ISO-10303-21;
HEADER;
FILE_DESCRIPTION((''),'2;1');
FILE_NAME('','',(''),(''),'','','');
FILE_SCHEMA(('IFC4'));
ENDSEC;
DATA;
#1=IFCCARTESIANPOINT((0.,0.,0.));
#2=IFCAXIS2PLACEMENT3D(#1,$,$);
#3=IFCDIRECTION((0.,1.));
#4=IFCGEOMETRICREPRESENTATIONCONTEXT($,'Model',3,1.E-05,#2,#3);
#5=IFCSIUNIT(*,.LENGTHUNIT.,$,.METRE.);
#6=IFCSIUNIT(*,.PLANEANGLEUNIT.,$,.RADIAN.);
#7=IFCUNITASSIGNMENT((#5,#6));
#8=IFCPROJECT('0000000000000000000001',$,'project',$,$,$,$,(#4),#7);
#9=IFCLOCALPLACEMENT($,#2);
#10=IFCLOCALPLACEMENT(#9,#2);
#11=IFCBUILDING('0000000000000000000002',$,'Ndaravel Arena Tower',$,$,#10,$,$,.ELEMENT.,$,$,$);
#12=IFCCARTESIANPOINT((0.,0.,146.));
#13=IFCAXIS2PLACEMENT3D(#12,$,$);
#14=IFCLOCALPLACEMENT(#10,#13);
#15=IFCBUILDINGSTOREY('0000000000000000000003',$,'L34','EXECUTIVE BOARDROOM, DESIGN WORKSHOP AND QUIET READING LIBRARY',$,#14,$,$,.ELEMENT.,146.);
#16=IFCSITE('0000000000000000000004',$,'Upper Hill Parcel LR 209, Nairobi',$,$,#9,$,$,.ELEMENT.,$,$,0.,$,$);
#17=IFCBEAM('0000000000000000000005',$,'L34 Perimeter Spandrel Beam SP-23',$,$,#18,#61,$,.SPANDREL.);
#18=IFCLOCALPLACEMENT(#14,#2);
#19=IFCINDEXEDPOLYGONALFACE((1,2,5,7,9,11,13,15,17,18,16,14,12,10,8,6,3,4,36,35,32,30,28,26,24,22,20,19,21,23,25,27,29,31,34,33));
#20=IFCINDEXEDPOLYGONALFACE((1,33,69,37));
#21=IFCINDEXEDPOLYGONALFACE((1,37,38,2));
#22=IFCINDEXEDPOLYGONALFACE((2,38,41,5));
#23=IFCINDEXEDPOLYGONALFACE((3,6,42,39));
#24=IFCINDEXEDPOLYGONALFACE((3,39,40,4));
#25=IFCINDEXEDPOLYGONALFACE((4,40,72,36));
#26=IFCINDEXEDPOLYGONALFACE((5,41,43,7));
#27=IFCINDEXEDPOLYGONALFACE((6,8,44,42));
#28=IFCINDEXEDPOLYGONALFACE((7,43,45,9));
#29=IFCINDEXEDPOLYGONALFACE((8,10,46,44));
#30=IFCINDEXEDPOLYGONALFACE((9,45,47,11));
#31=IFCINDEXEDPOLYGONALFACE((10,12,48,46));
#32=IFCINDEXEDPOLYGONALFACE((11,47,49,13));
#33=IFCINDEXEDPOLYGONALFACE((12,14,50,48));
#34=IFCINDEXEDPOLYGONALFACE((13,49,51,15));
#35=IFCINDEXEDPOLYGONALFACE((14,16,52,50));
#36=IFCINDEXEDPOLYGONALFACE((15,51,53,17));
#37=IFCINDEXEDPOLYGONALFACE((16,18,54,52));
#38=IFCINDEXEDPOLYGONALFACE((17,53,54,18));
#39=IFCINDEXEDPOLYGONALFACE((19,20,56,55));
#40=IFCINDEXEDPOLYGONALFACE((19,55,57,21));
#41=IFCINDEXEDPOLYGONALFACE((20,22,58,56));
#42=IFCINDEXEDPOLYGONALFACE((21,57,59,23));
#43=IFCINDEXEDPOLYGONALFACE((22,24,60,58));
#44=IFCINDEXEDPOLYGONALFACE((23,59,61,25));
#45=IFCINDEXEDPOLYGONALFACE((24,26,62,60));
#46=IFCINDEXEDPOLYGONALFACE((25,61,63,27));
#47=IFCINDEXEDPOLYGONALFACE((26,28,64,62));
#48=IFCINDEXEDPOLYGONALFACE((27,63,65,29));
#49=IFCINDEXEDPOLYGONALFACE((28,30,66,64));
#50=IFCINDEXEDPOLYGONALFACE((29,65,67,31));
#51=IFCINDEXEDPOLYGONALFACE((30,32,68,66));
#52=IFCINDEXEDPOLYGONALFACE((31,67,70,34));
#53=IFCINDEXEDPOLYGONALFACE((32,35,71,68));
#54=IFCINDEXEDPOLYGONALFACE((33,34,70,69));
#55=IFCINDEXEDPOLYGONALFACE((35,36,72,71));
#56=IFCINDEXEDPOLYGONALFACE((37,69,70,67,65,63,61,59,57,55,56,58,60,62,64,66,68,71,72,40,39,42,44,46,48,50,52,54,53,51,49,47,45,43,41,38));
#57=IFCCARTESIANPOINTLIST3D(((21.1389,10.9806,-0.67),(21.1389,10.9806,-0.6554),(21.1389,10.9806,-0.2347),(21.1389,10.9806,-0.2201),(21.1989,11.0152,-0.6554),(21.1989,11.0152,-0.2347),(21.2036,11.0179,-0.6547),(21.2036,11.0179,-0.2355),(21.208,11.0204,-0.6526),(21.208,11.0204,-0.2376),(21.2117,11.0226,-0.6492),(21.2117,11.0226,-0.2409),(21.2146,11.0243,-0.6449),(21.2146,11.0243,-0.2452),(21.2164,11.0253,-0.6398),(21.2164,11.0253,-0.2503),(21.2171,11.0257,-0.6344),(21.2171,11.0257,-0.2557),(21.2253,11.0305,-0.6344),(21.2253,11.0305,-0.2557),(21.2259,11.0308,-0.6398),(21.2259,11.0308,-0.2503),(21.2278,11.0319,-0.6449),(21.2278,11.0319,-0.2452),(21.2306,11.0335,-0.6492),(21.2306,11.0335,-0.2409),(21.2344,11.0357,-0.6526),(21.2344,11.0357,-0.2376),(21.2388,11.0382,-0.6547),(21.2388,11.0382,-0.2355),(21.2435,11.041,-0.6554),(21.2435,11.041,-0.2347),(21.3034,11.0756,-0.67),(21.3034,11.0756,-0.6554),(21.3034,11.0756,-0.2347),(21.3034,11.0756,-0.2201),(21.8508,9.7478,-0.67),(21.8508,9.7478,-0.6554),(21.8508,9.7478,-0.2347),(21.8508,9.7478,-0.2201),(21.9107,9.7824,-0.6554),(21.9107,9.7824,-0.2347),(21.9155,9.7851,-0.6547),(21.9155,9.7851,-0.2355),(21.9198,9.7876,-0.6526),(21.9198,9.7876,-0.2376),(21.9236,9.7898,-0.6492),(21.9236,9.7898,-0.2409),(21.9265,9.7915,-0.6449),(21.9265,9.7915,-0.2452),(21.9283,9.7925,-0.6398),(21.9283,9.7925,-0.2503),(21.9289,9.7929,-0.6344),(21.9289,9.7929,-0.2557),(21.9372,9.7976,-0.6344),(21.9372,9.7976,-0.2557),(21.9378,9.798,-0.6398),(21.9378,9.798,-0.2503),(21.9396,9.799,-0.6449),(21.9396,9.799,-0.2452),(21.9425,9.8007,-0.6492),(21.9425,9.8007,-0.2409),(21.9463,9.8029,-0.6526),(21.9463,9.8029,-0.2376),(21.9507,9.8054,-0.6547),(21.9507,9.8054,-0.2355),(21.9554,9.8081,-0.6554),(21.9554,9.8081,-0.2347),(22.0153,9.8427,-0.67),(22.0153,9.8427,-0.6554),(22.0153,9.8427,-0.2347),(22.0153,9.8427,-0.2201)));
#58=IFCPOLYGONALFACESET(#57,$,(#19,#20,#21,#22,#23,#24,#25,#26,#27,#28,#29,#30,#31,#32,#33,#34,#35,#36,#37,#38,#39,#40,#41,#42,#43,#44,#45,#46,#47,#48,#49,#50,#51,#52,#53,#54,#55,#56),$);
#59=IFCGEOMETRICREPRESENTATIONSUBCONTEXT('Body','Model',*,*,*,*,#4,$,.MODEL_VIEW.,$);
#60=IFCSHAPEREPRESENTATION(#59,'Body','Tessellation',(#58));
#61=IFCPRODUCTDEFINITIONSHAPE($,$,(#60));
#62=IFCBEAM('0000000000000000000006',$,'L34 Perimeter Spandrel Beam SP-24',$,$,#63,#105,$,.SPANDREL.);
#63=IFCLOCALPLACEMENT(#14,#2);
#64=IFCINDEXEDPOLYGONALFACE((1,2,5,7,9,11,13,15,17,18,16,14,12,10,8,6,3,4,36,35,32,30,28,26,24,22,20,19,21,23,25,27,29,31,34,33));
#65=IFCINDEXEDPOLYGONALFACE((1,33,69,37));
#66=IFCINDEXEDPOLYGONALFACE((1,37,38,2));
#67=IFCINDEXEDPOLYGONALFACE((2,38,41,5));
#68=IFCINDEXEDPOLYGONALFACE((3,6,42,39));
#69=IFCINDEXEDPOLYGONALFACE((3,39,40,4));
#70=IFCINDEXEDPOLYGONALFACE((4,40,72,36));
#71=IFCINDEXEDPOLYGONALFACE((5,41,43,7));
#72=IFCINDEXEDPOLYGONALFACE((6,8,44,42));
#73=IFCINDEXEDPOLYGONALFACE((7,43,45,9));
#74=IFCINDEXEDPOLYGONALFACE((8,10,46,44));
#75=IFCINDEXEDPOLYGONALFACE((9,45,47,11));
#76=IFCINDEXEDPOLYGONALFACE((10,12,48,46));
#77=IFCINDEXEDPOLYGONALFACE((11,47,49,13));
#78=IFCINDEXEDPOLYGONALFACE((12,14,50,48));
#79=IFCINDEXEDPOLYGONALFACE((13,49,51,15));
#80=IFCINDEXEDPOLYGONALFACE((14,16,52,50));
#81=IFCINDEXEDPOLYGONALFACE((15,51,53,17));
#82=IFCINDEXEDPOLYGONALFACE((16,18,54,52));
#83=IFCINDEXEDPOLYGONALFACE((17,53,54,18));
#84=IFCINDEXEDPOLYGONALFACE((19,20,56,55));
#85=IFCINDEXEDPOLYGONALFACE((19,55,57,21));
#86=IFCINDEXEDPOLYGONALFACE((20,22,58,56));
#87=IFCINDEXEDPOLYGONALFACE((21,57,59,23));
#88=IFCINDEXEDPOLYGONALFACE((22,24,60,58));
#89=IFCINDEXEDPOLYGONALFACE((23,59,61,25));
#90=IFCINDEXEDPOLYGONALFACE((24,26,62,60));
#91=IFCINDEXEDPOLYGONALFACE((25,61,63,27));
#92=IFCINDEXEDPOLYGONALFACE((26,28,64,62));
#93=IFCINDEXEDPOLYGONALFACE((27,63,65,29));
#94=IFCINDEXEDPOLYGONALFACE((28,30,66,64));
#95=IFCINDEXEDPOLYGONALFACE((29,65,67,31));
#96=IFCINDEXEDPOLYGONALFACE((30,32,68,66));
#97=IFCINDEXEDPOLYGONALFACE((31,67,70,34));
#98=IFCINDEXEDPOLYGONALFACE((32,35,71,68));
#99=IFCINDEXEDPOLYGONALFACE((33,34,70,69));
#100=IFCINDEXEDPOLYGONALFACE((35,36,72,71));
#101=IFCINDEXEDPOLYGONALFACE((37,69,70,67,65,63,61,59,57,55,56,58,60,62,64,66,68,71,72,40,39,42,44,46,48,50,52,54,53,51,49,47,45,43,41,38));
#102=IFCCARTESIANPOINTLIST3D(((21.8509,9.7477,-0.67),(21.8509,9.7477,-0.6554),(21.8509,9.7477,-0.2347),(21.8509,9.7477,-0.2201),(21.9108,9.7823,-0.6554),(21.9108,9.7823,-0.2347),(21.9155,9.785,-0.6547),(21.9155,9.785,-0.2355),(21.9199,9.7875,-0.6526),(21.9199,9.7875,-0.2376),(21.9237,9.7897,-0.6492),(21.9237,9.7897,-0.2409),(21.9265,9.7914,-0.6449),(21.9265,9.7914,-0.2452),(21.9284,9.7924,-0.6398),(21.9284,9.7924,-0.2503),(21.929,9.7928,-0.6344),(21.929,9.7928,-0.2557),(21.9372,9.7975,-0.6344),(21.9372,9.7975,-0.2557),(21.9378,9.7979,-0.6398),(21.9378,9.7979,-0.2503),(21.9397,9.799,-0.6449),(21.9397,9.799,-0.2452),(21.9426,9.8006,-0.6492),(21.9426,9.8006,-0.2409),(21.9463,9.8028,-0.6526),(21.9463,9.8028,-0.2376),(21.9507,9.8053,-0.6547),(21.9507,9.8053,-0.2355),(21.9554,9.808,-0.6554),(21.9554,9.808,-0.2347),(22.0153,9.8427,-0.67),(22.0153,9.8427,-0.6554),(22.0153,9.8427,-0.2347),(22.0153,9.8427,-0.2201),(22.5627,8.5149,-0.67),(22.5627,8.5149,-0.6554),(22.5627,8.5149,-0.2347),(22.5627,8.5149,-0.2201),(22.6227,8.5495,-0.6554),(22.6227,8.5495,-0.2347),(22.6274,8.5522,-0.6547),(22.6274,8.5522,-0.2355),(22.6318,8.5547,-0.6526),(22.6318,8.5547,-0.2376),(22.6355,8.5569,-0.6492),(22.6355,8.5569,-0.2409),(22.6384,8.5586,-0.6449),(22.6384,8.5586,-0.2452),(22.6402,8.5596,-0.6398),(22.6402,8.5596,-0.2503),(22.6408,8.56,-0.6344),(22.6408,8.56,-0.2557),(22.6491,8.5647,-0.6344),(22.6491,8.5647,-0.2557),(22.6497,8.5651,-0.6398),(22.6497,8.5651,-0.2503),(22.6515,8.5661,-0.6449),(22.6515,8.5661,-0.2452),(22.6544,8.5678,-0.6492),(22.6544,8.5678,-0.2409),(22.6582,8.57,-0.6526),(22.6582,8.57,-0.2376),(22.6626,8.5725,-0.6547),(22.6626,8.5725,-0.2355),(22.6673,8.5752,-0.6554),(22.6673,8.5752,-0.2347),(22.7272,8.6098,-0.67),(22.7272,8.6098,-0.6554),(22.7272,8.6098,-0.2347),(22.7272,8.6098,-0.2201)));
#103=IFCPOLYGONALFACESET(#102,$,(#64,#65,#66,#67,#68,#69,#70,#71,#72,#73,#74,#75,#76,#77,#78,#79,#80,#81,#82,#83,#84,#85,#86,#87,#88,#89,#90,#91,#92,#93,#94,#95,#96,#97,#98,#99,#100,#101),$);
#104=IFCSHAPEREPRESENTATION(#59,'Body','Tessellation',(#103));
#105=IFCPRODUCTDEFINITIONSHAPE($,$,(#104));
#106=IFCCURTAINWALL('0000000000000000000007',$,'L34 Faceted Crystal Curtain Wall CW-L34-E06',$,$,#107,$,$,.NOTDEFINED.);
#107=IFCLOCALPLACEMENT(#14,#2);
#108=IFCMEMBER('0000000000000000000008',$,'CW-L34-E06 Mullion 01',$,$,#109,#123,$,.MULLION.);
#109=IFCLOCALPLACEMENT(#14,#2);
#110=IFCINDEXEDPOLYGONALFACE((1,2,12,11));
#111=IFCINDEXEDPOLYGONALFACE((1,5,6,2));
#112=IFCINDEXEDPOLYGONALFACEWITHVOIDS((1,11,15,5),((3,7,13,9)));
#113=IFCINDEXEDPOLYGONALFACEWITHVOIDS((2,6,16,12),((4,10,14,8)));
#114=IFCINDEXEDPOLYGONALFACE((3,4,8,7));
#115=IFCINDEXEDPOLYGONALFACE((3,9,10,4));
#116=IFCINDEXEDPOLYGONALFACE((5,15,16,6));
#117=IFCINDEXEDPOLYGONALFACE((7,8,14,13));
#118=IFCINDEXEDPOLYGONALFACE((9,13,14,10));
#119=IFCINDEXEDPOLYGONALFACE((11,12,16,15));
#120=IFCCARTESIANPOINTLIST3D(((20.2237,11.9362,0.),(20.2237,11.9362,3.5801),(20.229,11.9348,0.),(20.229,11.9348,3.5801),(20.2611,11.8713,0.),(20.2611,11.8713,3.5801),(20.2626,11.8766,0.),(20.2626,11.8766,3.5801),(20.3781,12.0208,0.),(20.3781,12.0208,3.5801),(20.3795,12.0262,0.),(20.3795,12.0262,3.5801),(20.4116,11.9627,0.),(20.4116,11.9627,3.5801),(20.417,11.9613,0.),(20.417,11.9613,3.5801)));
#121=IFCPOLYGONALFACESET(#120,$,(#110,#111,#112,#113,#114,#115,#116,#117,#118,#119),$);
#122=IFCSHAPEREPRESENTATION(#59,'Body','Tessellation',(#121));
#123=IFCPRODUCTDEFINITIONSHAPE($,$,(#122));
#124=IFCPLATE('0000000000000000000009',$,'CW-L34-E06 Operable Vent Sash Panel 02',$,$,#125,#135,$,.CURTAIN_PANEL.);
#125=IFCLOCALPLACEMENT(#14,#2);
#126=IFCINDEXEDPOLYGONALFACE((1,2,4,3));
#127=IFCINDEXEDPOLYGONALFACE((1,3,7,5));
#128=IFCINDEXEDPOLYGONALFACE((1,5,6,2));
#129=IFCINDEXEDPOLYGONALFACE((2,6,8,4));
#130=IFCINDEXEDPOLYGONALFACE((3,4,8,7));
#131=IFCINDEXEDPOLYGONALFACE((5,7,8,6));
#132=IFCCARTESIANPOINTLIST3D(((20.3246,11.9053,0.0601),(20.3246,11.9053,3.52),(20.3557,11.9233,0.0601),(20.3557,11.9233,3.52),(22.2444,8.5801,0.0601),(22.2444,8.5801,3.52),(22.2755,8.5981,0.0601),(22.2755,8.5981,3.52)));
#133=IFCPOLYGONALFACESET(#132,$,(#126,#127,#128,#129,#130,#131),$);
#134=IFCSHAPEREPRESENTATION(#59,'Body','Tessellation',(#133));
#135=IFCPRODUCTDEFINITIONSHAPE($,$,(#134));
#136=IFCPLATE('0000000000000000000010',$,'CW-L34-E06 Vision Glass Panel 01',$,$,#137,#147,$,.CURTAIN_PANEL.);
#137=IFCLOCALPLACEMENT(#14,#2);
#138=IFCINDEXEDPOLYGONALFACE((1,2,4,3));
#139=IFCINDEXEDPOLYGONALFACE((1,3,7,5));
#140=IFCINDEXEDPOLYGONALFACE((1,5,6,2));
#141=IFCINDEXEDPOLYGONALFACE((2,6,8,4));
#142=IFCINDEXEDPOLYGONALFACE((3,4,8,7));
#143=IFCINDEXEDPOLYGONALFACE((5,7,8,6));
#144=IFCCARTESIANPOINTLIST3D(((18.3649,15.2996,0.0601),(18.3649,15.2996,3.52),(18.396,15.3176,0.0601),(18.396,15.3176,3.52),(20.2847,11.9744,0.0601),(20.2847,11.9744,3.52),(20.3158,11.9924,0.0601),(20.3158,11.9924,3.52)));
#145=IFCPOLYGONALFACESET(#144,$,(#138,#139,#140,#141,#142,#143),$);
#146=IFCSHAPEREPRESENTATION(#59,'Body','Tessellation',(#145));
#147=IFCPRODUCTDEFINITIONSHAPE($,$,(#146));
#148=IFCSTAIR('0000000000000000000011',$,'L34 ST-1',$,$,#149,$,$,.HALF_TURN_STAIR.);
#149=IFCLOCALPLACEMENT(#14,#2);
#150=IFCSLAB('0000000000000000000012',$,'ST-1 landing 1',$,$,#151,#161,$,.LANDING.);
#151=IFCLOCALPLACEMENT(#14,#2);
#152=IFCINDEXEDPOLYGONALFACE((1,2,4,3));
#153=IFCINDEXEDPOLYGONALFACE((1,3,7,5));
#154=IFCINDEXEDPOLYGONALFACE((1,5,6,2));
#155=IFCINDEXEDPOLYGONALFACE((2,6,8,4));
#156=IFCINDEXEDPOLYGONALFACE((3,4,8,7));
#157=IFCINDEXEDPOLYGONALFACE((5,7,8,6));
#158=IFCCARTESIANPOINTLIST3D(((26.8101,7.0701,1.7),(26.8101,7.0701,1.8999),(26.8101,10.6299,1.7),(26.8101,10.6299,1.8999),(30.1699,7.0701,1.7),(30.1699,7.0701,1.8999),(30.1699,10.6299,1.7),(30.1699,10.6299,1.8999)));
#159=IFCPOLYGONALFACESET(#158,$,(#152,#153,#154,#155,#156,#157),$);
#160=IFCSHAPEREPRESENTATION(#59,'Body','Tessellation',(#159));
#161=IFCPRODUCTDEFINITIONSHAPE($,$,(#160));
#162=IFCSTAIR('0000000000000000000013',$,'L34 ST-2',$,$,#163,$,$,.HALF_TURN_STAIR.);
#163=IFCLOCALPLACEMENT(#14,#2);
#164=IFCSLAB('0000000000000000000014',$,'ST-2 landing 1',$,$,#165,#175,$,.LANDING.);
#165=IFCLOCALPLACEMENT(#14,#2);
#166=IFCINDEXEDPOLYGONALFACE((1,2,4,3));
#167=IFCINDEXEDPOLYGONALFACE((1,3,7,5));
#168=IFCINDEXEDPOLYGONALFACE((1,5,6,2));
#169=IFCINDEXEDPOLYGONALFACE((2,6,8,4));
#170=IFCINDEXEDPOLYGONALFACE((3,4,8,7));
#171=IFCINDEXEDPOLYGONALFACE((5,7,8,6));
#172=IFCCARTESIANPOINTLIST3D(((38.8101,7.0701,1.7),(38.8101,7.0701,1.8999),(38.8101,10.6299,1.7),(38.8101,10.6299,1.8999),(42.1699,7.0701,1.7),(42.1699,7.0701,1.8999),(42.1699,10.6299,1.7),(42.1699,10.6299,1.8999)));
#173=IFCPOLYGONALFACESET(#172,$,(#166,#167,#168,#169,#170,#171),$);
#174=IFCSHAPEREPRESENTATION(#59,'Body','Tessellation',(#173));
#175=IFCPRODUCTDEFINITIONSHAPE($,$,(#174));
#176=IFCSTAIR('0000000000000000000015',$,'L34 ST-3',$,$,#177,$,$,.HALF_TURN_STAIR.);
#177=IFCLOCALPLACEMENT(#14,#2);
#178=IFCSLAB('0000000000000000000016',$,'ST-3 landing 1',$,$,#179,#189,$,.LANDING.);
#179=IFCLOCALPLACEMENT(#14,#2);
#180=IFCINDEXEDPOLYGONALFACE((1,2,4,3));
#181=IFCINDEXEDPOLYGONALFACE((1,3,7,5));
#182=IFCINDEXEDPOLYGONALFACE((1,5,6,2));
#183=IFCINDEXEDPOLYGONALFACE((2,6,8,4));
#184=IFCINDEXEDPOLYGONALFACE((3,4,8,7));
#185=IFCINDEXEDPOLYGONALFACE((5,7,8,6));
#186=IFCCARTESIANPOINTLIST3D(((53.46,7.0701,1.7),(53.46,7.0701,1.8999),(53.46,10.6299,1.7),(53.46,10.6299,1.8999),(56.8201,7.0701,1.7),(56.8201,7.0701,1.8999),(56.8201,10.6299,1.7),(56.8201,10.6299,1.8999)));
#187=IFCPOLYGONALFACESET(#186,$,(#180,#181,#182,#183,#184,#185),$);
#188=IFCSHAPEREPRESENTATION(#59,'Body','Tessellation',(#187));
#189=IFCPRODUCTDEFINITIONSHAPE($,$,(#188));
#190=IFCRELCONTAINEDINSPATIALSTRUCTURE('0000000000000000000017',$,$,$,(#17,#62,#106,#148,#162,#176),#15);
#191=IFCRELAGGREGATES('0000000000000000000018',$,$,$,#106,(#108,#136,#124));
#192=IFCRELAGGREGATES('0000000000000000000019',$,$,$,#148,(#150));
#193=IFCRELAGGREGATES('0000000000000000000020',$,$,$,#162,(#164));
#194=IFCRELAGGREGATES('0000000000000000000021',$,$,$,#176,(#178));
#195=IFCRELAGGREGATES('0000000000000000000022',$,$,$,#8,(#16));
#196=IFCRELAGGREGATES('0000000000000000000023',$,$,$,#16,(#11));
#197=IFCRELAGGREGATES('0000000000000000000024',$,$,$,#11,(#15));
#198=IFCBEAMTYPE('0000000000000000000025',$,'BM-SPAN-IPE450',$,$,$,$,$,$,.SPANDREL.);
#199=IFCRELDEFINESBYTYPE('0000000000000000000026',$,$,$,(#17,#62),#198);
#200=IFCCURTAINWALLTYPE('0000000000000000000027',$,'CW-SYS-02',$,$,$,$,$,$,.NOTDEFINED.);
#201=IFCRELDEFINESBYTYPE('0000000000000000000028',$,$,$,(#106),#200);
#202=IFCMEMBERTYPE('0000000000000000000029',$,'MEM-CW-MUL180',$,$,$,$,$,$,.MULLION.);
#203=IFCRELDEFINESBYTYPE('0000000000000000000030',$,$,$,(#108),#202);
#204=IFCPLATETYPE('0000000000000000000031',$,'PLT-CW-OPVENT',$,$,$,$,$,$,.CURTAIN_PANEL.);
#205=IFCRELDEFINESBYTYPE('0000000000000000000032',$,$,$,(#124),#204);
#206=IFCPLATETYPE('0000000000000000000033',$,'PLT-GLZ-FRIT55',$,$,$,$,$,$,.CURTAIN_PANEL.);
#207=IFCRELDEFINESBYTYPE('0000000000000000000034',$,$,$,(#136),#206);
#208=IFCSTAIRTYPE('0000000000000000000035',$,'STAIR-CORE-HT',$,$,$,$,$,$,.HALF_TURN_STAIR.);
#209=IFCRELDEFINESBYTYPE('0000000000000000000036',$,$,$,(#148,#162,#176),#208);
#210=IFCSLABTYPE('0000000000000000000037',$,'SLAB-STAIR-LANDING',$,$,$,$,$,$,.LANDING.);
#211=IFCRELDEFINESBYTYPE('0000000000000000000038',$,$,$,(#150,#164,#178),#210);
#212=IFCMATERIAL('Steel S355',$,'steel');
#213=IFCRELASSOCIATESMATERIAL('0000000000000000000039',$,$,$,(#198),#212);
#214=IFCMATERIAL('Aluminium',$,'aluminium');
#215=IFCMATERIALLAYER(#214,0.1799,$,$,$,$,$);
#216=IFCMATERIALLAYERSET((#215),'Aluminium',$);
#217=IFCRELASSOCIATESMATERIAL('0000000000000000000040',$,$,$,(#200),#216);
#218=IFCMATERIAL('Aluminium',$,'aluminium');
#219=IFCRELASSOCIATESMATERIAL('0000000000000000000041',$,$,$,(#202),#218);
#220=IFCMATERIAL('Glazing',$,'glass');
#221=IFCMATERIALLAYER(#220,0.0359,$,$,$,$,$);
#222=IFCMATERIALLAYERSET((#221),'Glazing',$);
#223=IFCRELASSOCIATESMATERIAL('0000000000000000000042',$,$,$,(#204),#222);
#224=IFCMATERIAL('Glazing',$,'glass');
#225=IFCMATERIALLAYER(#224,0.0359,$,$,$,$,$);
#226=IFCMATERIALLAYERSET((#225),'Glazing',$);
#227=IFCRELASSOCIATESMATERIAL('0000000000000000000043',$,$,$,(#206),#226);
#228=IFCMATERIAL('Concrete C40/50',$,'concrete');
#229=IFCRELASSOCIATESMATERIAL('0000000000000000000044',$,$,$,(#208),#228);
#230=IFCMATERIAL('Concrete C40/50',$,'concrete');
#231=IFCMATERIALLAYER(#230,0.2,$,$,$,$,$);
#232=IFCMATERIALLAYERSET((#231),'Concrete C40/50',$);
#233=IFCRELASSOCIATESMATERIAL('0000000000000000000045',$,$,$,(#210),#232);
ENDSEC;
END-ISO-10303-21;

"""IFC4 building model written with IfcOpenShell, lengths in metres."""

from ifc_helpers import new_model, si_unit, direction, frame, origin, origin_2d, place, context, subcontext, project, spatial, polyline, rectangle, hollow_rectangle, i_section, outline, extrude, material, layer, layer_set, material_profile, profile_set, type_object, element, aggregate, save


model = new_model("IFC4")

# Units and contexts
model_context = context("Model", 3, precision=1e-05, world=origin(), true_north=direction((0.0, 1.0)))
body_context = subcontext(model_context, "Body", "Model", "MODEL_VIEW")
ifc_project = project(units=[si_unit("LENGTHUNIT", "METRE"), si_unit("PLANEANGLEUNIT", "RADIAN")], contexts=[model_context])

# Site, building, storey
site_placement = place(None, origin())
site = spatial("IfcSite", under=ifc_project, at=site_placement, Name="Upper Hill Parcel LR 209, Nairobi", CompositionType="ELEMENT", RefElevation=0.0)
building_placement = place(site_placement, origin())
building = spatial("IfcBuilding", under=site, at=building_placement, Name="Ndaravel Arena Tower", CompositionType="ELEMENT")
storey_placement = place(building_placement, frame((0.0, 0.0, 146.0)))
storey = spatial("IfcBuildingStorey", under=building, at=storey_placement, Name="L34", Description="EXECUTIVE BOARDROOM, DESIGN WORKSHOP AND QUIET READING LIBRARY", CompositionType="ELEMENT", Elevation=146.0)

# Beams
ifc_material_1 = material(Name="Steel S355", Category="steel")
ifc_material_profile_1 = material_profile(ifc_material_1, i_section(OverallWidth=0.1899, OverallDepth=0.45, WebThickness=0.0095, FlangeThickness=0.0146, FilletRadius=0.021, at=origin_2d()), Name="IPE 450")
ifc_profile_set_1 = profile_set([ifc_material_profile_1], Name="Steel S355")
beam_type = type_object("IfcBeamType", Name="BM-SPAN-IPE450", PredefinedType="SPANDREL", material=ifc_profile_set_1)
for number, where, z_axis, x_axis, name in (
    (1, (21.2212, 11.0281, -0.4451), (0.500049, -0.865997, 0.0), (0.865997, 0.500049, 0.0), "L34 Perimeter Spandrel Beam SP-23"),
    (2, (21.9331, 9.7952, -0.4451), (0.500049, -0.865997, 0.0), (0.865997, 0.500049, 0.0), "L34 Perimeter Spandrel Beam SP-24"),
):
    element("IfcBeam", number, at=place(storey_placement, frame(where, z_axis=z_axis, x_axis=x_axis)), inside=storey, type_object=beam_type, Name=name, PredefinedType="SPANDREL", context=body_context, shape_type="SweptSolid", body=[
        extrude(i_section(OverallWidth=0.1899, OverallDepth=0.45, WebThickness=0.0095, FlangeThickness=0.0146, FilletRadius=0.021, at=origin_2d()), origin(), (0.0, 0.0, 1.0), 1.4236),
    ])

# Curtain wall, member, plates
ifc_material_2 = material(Name="Aluminium", Category="aluminium")
ifc_layer_1 = layer(ifc_material_2, 0.1799)
ifc_layer_set_1 = layer_set([ifc_layer_1], Name="Aluminium")
curtain_wall_type = type_object("IfcCurtainWallType", Name="CW-SYS-02", PredefinedType="NOTDEFINED", material=ifc_layer_set_1)
curtain_wall_placement = place(storey_placement, origin())
curtain_wall = element("IfcCurtainWall", 3, at=curtain_wall_placement, inside=storey, type_object=curtain_wall_type, Name="L34 Faceted Crystal Curtain Wall CW-L34-E06", PredefinedType="NOTDEFINED")
ifc_material_3 = material(Name="Aluminium", Category="aluminium")
ifc_material_profile_2 = material_profile(ifc_material_3, hollow_rectangle(XDim=0.075, YDim=0.1799, WallThickness=0.0039, at=origin_2d()), Name="CW MULLION 75x180x4")
ifc_profile_set_2 = profile_set([ifc_material_profile_2], Name="Aluminium")
member_type = type_object("IfcMemberType", Name="MEM-CW-MUL180", PredefinedType="MULLION", material=ifc_profile_set_2)
member_placement = place(storey_placement, frame((20.3203, 11.9487, 0.0), z_axis=(0.0, 0.0, 1.0), x_axis=(0.5, -0.866025, 0.0)))
member = element("IfcMember", 4, at=member_placement, type_object=member_type, Name="CW-L34-E06 Mullion 01", PredefinedType="MULLION", context=body_context, shape_type="SweptSolid", body=[
    extrude(hollow_rectangle(XDim=0.075, YDim=0.1799, WallThickness=0.0039, at=origin_2d()), origin(), (0.0, 0.0, 1.0), 3.5801),
])
ifc_material_4 = material(Name="Glazing", Category="glass")
ifc_layer_2 = layer(ifc_material_4, 0.0359)
ifc_layer_set_2 = layer_set([ifc_layer_2], Name="Glazing")
plate_type_1 = type_object("IfcPlateType", Name="PLT-CW-OPVENT", PredefinedType="CURTAIN_PANEL", material=ifc_layer_set_2)
plate_1_placement = place(storey_placement, frame((21.3, 10.2517, 0.0601), z_axis=(0.0, 0.0, 1.0), x_axis=(0.5, -0.866025, 0.0)))
plate_1 = element("IfcPlate", 5, at=plate_1_placement, type_object=plate_type_1, Name="CW-L34-E06 Operable Vent Sash Panel 02", PredefinedType="CURTAIN_PANEL", context=body_context, shape_type="SweptSolid", body=[
    extrude(rectangle(XDim=3.8396, YDim=0.0359, at=origin_2d()), origin(), (0.0, 0.0, 1.0), 3.46),
])
ifc_material_5 = material(Name="Glazing", Category="glass")
ifc_layer_3 = layer(ifc_material_5, 0.0359)
ifc_layer_set_3 = layer_set([ifc_layer_3], Name="Glazing")
plate_type_2 = type_object("IfcPlateType", Name="PLT-GLZ-FRIT55", PredefinedType="CURTAIN_PANEL", material=ifc_layer_set_3)
plate_2_placement = place(storey_placement, frame((19.3403, 13.646, 0.0601), z_axis=(0.0, 0.0, 1.0), x_axis=(0.5, -0.866025, 0.0)))
plate_2 = element("IfcPlate", 6, at=plate_2_placement, type_object=plate_type_2, Name="CW-L34-E06 Vision Glass Panel 01", PredefinedType="CURTAIN_PANEL", context=body_context, shape_type="SweptSolid", body=[
    extrude(rectangle(XDim=3.8396, YDim=0.0359, at=origin_2d()), origin(), (0.0, 0.0, 1.0), 3.46),
])
aggregate(curtain_wall, [member, plate_2, plate_1])

# Stairs, slabs
ifc_material_6 = material(Name="Concrete C40/50", Category="concrete")
stair_type = type_object("IfcStairType", Name="STAIR-CORE-HT", PredefinedType="HALF_TURN_STAIR", material=ifc_material_6)
stair_1_placement = place(storey_placement, origin())
stair_1 = element("IfcStair", 7, at=stair_1_placement, inside=storey, type_object=stair_type, Name="L34 ST-1", PredefinedType="HALF_TURN_STAIR")
ifc_material_7 = material(Name="Concrete C40/50", Category="concrete")
ifc_layer_4 = layer(ifc_material_7, 0.2)
ifc_layer_set_4 = layer_set([ifc_layer_4], Name="Concrete C40/50")
slab_type_1 = type_object("IfcSlabType", Name="SLAB-STAIR-LANDING", PredefinedType="LANDING", material=ifc_layer_set_4)
slab_1_placement = place(storey_placement, frame((0.0, 0.0, 1.7)))
slab_1 = element("IfcSlab", 8, at=slab_1_placement, type_object=slab_type_1, Name="ST-1 landing 1", PredefinedType="LANDING", context=body_context, shape_type="SweptSolid", body=[
    extrude(outline(polyline([(26.8101, 10.6299), (26.8101, 7.0701), (30.1699, 7.0701), (30.1699, 10.6299), (26.8101, 10.6299)])), origin(), (0.0, 0.0, 1.0), 0.2),
])
aggregate(stair_1, [slab_1])
stair_2_placement = place(storey_placement, origin())
stair_2 = element("IfcStair", 9, at=stair_2_placement, inside=storey, type_object=stair_type, Name="L34 ST-2", PredefinedType="HALF_TURN_STAIR")
slab_2_placement = place(storey_placement, frame((0.0, 0.0, 1.7)))
slab_2 = element("IfcSlab", 10, at=slab_2_placement, type_object=slab_type_1, Name="ST-2 landing 1", PredefinedType="LANDING", context=body_context, shape_type="SweptSolid", body=[
    extrude(outline(polyline([(38.8101, 10.6299), (38.8101, 7.0701), (42.1699, 7.0701), (42.1699, 10.6299), (38.8101, 10.6299)])), origin(), (0.0, 0.0, 1.0), 0.2),
])
aggregate(stair_2, [slab_2])
stair_3_placement = place(storey_placement, origin())
stair_3 = element("IfcStair", 11, at=stair_3_placement, inside=storey, type_object=stair_type, Name="L34 ST-3", PredefinedType="HALF_TURN_STAIR")
slab_3_placement = place(storey_placement, frame((0.0, 0.0, 1.7)))
slab_3 = element("IfcSlab", 12, at=slab_3_placement, type_object=slab_type_1, Name="ST-3 landing 1", PredefinedType="LANDING", context=body_context, shape_type="SweptSolid", body=[
    extrude(outline(polyline([(53.46, 10.6299), (53.46, 7.0701), (56.8201, 7.0701), (56.8201, 10.6299), (53.46, 10.6299)])), origin(), (0.0, 0.0, 1.0), 0.2),
])
aggregate(stair_3, [slab_3])

save(model, "model.ifc")
